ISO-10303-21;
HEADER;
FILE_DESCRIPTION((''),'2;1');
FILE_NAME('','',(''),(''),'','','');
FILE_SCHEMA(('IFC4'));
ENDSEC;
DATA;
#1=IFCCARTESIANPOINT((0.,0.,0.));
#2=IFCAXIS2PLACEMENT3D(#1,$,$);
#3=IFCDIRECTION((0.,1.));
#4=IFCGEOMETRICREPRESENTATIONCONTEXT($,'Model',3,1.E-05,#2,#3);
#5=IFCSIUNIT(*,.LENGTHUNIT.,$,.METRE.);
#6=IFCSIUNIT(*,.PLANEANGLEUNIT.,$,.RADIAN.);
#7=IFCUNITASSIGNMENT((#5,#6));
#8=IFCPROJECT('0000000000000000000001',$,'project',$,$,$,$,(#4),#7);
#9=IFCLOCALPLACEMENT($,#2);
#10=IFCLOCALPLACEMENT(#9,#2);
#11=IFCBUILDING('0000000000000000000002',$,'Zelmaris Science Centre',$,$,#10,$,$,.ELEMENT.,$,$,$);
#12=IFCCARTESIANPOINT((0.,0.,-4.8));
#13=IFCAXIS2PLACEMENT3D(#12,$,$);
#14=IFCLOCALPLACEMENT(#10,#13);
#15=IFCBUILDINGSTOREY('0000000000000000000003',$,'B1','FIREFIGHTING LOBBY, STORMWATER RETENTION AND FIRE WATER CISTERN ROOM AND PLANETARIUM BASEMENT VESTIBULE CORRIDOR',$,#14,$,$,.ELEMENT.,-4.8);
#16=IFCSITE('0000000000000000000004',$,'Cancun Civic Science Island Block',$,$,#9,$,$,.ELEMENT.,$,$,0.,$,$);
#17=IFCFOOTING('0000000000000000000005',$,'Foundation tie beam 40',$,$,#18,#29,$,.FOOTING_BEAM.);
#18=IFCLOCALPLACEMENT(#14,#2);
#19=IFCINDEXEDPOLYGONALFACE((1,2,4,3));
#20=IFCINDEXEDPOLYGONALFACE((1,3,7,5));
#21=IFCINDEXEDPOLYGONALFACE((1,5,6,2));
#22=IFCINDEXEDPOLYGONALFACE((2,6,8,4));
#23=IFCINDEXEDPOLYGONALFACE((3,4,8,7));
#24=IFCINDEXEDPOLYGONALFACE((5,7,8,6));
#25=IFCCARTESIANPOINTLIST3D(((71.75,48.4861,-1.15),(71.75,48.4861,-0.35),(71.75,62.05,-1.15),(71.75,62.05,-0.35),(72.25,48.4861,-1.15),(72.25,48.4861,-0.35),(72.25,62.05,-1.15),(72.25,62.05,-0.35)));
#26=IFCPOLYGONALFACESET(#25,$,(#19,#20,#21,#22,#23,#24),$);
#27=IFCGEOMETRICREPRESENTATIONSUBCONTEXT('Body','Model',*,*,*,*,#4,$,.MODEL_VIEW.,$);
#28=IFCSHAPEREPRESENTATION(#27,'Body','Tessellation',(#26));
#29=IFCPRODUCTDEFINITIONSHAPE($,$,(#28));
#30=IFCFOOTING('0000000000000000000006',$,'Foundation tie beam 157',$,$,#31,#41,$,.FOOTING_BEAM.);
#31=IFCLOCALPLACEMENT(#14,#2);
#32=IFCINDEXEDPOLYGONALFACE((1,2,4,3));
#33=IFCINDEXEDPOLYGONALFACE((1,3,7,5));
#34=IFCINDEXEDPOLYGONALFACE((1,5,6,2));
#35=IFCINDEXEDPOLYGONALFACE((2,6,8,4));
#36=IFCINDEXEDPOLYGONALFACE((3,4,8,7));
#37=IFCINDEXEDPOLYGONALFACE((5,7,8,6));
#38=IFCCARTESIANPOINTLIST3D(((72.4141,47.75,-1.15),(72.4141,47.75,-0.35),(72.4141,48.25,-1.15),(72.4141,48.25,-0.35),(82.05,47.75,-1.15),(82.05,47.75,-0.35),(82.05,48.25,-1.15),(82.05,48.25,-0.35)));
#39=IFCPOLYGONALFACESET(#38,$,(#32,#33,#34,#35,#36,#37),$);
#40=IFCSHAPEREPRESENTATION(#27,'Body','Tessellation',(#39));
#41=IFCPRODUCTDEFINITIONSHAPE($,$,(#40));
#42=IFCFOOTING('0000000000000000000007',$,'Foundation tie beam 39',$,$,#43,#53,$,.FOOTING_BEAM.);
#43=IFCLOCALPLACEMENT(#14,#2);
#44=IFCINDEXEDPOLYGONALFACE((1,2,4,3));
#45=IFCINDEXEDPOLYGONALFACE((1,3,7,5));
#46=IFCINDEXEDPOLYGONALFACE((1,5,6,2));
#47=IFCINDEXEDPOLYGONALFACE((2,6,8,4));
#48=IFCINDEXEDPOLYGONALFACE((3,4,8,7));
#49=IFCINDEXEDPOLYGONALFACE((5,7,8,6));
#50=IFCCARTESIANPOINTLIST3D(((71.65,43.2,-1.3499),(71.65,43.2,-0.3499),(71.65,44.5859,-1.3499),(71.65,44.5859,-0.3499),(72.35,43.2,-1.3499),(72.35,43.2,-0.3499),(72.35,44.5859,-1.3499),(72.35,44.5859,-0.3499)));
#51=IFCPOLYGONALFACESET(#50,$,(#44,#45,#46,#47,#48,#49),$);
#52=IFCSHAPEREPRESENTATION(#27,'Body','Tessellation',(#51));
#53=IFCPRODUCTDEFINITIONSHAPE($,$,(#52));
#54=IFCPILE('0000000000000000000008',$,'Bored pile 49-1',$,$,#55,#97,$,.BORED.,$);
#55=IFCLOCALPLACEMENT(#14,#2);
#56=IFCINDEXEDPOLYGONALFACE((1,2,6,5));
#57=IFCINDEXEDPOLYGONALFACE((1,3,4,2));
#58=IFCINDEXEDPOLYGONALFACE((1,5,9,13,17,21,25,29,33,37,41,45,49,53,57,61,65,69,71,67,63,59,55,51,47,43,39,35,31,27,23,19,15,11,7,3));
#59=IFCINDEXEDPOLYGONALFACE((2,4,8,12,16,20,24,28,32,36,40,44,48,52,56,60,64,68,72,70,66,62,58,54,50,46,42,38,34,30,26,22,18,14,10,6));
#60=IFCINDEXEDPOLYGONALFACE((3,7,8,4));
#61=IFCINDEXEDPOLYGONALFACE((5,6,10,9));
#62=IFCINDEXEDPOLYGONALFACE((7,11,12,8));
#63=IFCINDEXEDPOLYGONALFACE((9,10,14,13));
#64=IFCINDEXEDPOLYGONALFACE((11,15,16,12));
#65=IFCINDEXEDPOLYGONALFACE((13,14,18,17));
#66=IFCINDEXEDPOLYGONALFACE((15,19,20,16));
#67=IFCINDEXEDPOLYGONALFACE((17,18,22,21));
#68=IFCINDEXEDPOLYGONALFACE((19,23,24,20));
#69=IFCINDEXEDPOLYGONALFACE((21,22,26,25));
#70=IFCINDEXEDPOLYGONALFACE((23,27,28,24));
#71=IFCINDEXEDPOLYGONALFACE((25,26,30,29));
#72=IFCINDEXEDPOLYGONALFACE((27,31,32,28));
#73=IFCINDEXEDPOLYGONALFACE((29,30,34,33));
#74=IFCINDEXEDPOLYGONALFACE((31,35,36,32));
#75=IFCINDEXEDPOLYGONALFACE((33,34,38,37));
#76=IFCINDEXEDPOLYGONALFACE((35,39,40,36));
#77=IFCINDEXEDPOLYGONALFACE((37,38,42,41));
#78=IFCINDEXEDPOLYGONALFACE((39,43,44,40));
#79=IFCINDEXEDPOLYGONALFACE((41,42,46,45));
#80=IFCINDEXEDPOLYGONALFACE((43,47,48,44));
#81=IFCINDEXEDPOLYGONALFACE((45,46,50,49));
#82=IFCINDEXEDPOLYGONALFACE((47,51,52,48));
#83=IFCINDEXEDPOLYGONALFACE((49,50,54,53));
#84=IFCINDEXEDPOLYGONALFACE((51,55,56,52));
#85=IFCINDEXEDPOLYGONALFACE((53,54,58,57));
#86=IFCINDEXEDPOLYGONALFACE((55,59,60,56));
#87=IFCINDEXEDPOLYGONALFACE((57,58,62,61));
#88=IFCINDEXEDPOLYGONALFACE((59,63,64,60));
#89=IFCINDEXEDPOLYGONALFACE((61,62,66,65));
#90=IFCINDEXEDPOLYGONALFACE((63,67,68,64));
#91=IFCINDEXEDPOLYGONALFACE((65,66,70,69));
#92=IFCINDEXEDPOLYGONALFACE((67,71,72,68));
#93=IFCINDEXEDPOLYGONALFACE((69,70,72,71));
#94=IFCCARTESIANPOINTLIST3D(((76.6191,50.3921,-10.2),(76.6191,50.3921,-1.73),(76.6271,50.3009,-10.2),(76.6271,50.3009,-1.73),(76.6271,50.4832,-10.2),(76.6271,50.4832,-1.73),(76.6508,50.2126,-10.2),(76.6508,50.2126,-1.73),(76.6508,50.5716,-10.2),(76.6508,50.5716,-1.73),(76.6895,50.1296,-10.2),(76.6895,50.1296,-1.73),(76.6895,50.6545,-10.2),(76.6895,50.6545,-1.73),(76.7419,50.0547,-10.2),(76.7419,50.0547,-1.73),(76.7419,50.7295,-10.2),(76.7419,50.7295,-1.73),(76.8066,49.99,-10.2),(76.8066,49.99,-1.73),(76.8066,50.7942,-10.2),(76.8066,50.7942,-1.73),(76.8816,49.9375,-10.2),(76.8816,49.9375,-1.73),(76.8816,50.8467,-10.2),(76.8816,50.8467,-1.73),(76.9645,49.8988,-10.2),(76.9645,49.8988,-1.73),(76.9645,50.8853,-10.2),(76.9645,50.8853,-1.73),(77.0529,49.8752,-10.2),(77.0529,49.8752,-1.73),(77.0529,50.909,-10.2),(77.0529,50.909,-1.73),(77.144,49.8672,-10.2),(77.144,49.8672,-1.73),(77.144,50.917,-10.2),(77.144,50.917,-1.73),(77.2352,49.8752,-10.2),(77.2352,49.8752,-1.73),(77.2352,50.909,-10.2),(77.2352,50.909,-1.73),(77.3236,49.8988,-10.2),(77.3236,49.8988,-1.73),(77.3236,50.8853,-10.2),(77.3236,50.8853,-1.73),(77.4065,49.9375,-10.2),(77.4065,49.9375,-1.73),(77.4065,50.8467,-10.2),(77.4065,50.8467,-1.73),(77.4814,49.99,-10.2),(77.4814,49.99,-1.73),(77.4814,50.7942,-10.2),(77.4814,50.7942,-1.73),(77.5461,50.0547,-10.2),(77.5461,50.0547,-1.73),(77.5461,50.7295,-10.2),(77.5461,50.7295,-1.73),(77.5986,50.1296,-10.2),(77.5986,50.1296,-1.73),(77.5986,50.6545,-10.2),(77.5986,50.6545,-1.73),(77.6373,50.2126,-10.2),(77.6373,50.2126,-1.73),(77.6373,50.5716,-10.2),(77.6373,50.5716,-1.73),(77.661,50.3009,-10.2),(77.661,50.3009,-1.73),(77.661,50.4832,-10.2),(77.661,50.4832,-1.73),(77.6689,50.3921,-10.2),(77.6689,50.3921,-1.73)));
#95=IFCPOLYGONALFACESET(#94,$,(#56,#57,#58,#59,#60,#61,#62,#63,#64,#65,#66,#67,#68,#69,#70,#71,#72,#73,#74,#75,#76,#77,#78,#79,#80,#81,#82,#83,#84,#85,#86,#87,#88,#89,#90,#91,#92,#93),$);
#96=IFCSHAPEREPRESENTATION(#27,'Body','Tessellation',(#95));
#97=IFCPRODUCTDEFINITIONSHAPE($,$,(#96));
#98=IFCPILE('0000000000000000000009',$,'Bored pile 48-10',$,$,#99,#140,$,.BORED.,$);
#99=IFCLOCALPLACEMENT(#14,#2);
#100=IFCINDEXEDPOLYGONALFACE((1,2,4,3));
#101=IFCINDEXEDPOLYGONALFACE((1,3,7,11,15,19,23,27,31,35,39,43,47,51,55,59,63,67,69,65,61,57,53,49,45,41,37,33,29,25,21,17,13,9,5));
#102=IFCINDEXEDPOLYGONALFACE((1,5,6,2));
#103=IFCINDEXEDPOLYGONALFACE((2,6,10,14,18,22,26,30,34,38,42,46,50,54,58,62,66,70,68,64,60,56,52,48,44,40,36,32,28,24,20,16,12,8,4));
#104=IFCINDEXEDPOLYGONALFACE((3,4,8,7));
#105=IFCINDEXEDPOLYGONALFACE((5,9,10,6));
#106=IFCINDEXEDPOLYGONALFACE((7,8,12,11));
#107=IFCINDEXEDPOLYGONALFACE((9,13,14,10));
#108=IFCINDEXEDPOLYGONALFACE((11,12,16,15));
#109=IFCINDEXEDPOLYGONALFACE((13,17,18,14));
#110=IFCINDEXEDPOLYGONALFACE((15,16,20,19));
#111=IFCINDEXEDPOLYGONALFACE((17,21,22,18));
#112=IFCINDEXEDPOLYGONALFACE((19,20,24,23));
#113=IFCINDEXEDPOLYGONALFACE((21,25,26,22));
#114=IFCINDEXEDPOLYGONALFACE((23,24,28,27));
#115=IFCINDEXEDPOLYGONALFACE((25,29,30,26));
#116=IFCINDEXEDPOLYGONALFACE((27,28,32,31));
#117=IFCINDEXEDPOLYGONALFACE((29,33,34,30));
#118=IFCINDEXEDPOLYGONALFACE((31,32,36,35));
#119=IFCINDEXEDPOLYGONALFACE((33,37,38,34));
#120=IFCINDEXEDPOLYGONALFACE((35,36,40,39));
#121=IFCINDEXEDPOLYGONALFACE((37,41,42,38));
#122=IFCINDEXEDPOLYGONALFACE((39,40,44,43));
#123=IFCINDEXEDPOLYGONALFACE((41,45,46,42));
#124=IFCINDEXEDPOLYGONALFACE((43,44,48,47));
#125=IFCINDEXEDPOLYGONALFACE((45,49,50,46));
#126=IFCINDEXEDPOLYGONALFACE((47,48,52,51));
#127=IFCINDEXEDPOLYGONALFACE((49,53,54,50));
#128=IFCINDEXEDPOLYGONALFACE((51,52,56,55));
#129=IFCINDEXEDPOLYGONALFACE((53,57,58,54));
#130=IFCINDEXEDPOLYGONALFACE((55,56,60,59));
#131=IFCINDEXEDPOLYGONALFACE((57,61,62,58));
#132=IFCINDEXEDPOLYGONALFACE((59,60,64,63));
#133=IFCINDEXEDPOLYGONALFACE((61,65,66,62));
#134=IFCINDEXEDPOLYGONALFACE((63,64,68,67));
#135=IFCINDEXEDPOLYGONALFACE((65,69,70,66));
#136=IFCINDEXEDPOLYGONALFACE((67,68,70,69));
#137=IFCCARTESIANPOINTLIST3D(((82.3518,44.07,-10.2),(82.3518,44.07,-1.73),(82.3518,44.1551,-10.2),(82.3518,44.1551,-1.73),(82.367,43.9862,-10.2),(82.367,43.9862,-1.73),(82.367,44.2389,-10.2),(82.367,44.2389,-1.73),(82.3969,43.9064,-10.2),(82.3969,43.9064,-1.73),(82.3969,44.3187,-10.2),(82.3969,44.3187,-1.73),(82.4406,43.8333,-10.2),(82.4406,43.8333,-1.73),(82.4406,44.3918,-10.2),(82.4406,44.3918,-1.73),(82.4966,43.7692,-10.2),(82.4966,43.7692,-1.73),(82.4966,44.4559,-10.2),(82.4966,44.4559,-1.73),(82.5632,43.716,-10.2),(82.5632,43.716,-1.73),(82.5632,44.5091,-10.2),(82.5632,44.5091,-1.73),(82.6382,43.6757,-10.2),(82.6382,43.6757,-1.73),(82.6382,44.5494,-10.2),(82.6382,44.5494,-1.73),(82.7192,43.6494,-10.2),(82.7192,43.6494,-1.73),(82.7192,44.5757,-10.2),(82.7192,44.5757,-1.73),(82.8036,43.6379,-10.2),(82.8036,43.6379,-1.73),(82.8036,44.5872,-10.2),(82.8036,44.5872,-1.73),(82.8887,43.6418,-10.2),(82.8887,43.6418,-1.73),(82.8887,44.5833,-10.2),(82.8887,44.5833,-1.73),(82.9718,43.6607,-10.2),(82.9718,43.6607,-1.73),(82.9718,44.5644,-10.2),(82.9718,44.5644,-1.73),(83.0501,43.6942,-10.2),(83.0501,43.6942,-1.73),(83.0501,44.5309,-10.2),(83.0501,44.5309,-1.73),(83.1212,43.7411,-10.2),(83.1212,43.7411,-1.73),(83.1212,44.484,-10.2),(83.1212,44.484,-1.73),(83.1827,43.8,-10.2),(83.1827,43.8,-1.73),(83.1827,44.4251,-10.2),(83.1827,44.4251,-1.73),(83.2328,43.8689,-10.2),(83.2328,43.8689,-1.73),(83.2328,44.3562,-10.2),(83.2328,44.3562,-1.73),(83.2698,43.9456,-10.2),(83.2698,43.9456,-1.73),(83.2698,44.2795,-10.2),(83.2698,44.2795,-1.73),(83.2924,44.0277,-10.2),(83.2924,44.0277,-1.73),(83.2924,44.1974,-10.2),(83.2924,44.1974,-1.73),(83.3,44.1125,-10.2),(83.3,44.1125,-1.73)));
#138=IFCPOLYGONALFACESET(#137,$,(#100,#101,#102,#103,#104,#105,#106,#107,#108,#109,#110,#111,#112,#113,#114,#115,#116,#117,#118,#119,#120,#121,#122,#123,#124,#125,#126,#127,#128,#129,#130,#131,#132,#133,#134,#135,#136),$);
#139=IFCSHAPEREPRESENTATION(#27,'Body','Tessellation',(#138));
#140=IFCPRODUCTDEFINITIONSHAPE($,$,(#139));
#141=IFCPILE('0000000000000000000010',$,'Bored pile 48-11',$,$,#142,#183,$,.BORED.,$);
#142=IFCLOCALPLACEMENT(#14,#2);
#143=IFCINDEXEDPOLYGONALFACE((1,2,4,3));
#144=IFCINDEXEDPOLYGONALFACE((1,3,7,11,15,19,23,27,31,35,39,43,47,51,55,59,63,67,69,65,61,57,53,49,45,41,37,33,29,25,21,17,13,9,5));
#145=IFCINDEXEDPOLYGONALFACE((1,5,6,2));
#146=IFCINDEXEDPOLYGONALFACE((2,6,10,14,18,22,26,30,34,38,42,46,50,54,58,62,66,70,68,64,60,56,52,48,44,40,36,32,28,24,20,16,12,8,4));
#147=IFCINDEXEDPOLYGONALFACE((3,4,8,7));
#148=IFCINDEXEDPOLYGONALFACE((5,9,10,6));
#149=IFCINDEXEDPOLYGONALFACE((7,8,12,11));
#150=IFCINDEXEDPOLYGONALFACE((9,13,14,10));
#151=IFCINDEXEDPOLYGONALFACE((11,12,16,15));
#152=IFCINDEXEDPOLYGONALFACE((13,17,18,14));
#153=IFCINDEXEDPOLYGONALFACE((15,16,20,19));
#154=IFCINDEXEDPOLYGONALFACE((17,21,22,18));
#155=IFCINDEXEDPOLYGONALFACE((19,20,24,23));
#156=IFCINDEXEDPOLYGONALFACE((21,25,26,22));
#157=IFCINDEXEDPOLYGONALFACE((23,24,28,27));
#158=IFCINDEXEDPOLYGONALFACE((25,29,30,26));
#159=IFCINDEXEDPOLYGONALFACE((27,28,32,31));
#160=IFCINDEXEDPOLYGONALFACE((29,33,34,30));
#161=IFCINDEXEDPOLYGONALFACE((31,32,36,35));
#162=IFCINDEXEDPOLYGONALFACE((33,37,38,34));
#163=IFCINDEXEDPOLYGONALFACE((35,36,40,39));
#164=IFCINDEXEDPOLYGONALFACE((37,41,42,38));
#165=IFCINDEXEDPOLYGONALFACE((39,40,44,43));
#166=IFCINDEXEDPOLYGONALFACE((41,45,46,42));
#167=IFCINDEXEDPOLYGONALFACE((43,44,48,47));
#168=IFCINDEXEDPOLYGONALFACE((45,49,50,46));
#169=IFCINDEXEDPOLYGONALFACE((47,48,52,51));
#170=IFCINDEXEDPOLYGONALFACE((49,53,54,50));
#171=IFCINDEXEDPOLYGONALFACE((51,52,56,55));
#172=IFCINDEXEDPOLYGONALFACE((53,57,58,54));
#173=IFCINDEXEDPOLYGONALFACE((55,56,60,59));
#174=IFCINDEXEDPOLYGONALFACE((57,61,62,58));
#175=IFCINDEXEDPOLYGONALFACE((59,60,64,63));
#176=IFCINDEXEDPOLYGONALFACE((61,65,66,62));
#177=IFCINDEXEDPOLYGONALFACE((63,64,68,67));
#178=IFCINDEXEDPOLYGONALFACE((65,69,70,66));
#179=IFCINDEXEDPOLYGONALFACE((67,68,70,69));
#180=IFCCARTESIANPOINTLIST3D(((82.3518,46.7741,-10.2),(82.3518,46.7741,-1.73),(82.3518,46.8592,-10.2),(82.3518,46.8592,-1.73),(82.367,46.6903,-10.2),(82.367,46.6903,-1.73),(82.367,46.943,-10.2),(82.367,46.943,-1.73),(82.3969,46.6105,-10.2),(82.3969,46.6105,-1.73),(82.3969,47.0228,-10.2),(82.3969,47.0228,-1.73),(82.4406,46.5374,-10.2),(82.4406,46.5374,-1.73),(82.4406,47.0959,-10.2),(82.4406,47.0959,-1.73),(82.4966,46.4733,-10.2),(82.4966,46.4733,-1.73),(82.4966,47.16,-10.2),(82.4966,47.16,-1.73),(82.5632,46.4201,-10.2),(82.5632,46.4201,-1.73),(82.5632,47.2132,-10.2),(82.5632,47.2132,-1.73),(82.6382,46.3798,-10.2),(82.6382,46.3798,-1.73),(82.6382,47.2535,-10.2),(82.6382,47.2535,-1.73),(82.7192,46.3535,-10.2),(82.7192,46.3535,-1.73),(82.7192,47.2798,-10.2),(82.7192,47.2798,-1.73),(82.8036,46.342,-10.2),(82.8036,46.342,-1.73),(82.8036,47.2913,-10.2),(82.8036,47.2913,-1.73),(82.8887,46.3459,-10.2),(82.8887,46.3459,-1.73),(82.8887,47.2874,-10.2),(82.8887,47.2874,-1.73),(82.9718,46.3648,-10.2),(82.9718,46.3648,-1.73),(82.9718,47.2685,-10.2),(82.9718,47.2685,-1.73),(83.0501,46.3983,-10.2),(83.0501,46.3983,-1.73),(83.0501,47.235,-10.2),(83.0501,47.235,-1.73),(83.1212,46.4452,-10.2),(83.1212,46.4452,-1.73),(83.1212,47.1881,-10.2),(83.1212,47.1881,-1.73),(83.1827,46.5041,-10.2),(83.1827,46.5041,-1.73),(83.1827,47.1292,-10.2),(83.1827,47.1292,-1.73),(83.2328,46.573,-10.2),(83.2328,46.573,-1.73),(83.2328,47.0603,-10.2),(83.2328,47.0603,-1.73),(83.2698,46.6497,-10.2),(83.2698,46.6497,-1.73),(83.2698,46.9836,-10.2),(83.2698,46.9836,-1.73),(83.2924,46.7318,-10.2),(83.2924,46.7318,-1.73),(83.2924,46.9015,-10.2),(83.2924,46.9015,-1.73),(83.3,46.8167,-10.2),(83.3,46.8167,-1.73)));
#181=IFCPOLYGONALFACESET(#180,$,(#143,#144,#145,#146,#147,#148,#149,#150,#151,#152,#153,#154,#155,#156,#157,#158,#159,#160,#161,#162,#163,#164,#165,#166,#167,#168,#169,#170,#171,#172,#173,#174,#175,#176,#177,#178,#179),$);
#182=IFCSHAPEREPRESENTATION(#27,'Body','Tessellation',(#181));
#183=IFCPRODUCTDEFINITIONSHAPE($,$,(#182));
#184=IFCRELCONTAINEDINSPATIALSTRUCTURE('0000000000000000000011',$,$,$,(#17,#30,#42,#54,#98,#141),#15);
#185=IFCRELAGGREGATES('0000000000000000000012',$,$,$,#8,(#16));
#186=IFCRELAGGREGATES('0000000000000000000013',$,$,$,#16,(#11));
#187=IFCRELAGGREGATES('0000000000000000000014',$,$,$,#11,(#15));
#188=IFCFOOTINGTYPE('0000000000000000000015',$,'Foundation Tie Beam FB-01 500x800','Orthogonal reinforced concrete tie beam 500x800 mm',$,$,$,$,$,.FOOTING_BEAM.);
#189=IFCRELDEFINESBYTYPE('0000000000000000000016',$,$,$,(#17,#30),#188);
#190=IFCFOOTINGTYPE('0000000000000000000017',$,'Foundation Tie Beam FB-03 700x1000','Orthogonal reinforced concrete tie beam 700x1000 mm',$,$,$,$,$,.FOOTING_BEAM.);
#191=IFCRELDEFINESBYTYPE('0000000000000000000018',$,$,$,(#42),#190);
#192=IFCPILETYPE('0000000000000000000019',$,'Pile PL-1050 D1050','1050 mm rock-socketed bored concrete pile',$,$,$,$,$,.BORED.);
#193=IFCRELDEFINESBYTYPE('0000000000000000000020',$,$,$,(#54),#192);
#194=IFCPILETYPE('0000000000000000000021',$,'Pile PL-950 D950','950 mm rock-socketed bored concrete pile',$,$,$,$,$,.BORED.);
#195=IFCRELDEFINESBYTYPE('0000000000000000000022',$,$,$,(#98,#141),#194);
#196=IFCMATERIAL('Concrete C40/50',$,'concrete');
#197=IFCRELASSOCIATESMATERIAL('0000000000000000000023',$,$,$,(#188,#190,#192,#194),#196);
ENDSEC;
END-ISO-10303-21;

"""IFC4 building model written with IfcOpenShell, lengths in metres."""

from ifc_helpers import new_model, si_unit, direction, frame, origin, origin_2d, place, context, subcontext, project, spatial, rectangle, circle, extrude, material, material_profile, profile_set, type_object, element, save


model = new_model("IFC4")

# Units and contexts
model_context = context("Model", 3, precision=1e-05, world=origin(), true_north=direction((0.0, 1.0)))
body_context = subcontext(model_context, "Body", "Model", "MODEL_VIEW")
ifc_project = project(units=[si_unit("LENGTHUNIT", "METRE"), si_unit("PLANEANGLEUNIT", "RADIAN")], contexts=[model_context])

# Site, building, storey
site_placement = place(None, origin())
site = spatial("IfcSite", under=ifc_project, at=site_placement, Name="Cancun Civic Science Island Block", CompositionType="ELEMENT", RefElevation=0.0)
building_placement = place(site_placement, origin())
building = spatial("IfcBuilding", under=site, at=building_placement, Name="Zelmaris Science Centre", CompositionType="ELEMENT")
storey_placement = place(building_placement, frame((0.0, 0.0, -4.8)))
storey = spatial("IfcBuildingStorey", under=building, at=storey_placement, Name="B1", Description="FIREFIGHTING LOBBY, STORMWATER RETENTION AND FIRE WATER CISTERN ROOM AND PLANETARIUM BASEMENT VESTIBULE CORRIDOR", CompositionType="ELEMENT", Elevation=-4.8)

# Footings
ifc_material_1 = material(Name="Concrete C40/50", Category="concrete")
ifc_material_profile_1 = material_profile(ifc_material_1, rectangle(XDim=0.5, YDim=0.8, at=origin_2d()), Name="FB-500X800")
ifc_profile_set_1 = profile_set([ifc_material_profile_1], Name="Concrete C40/50")
footing_type_1 = type_object("IfcFootingType", Name="Foundation Tie Beam FB-01 500x800", Description="Orthogonal reinforced concrete tie beam 500x800 mm", PredefinedType="FOOTING_BEAM", material=ifc_profile_set_1)
footing_1_placement = place(storey_placement, frame((72.0, 48.4861, -0.75), z_axis=(0.0, 1.0, 0.0), x_axis=(-1.0, 0.0, 0.0)))
element("IfcFooting", 1, at=footing_1_placement, inside=storey, type_object=footing_type_1, Name="Foundation tie beam 40", PredefinedType="FOOTING_BEAM", context=body_context, shape_type="SweptSolid", body=[
    extrude(rectangle(XDim=0.5, YDim=0.8, at=origin_2d()), origin(), (0.0, 0.0, 1.0), 13.564),
])
footing_2_placement = place(storey_placement, frame((72.4141, 48.0, -0.75), z_axis=(1.0, 0.0, 0.0), x_axis=(0.0, 1.0, 0.0)))
element("IfcFooting", 2, at=footing_2_placement, inside=storey, type_object=footing_type_1, Name="Foundation tie beam 157", PredefinedType="FOOTING_BEAM", context=body_context, shape_type="SweptSolid", body=[
    extrude(rectangle(XDim=0.5, YDim=0.8, at=origin_2d()), origin(), (0.0, 0.0, 1.0), 9.636),
])
ifc_material_profile_2 = material_profile(ifc_material_1, rectangle(XDim=0.7, YDim=1.0, at=origin_2d()), Name="FB-700X1000")
ifc_profile_set_2 = profile_set([ifc_material_profile_2], Name="Concrete C40/50")
footing_type_2 = type_object("IfcFootingType", Name="Foundation Tie Beam FB-03 700x1000", Description="Orthogonal reinforced concrete tie beam 700x1000 mm", PredefinedType="FOOTING_BEAM", material=ifc_profile_set_2)
footing_3_placement = place(storey_placement, frame((72.0, 43.2, -0.8499), z_axis=(0.0, 1.0, 0.0), x_axis=(-1.0, 0.0, 0.0)))
element("IfcFooting", 3, at=footing_3_placement, inside=storey, type_object=footing_type_2, Name="Foundation tie beam 39", PredefinedType="FOOTING_BEAM", context=body_context, shape_type="SweptSolid", body=[
    extrude(rectangle(XDim=0.7, YDim=1.0, at=origin_2d()), origin(), (0.0, 0.0, 1.0), 1.386),
])

# Piles
ifc_material_profile_3 = material_profile(ifc_material_1, circle(Radius=0.5249, at=origin_2d()), Name="PILE-1050")
ifc_profile_set_3 = profile_set([ifc_material_profile_3], Name="Concrete C40/50")
pile_type_1 = type_object("IfcPileType", Name="Pile PL-1050 D1050", Description="1050 mm rock-socketed bored concrete pile", PredefinedType="BORED", material=ifc_profile_set_3)
pile_placement = place(storey_placement, frame((77.144, 50.3921, -1.73), z_axis=(0.0, 0.0, -1.0), x_axis=(1.0, 0.0, 0.0)))
element("IfcPile", 4, at=pile_placement, inside=storey, type_object=pile_type_1, Name="Bored pile 49-1", PredefinedType="BORED", context=body_context, shape_type="SweptSolid", body=[
    extrude(circle(Radius=0.5249, at=origin_2d()), origin(), (0.0, 0.0, 1.0), 8.47),
])
ifc_material_profile_4 = material_profile(ifc_material_1, circle(Radius=0.4751, at=origin_2d()), Name="PILE-950")
ifc_profile_set_4 = profile_set([ifc_material_profile_4], Name="Concrete C40/50")
pile_type_2 = type_object("IfcPileType", Name="Pile PL-950 D950", Description="950 mm rock-socketed bored concrete pile", PredefinedType="BORED", material=ifc_profile_set_4)
for number, where, z_axis, x_axis, name in (
    (5, (82.825, 44.1125, -1.73), (0.0, 0.0, -1.0), (1.0, 0.0, 0.0), "Bored pile 48-10"),
    (6, (82.825, 46.8167, -1.73), (0.0, 0.0, -1.0), (1.0, 0.0, 0.0), "Bored pile 48-11"),
):
    element("IfcPile", number, at=place(storey_placement, frame(where, z_axis=z_axis, x_axis=x_axis)), inside=storey, type_object=pile_type_2, Name=name, PredefinedType="BORED", context=body_context, shape_type="SweptSolid", body=[
        extrude(circle(Radius=0.4751, at=origin_2d()), origin(), (0.0, 0.0, 1.0), 8.47),
    ])

save(model, "model.ifc")
